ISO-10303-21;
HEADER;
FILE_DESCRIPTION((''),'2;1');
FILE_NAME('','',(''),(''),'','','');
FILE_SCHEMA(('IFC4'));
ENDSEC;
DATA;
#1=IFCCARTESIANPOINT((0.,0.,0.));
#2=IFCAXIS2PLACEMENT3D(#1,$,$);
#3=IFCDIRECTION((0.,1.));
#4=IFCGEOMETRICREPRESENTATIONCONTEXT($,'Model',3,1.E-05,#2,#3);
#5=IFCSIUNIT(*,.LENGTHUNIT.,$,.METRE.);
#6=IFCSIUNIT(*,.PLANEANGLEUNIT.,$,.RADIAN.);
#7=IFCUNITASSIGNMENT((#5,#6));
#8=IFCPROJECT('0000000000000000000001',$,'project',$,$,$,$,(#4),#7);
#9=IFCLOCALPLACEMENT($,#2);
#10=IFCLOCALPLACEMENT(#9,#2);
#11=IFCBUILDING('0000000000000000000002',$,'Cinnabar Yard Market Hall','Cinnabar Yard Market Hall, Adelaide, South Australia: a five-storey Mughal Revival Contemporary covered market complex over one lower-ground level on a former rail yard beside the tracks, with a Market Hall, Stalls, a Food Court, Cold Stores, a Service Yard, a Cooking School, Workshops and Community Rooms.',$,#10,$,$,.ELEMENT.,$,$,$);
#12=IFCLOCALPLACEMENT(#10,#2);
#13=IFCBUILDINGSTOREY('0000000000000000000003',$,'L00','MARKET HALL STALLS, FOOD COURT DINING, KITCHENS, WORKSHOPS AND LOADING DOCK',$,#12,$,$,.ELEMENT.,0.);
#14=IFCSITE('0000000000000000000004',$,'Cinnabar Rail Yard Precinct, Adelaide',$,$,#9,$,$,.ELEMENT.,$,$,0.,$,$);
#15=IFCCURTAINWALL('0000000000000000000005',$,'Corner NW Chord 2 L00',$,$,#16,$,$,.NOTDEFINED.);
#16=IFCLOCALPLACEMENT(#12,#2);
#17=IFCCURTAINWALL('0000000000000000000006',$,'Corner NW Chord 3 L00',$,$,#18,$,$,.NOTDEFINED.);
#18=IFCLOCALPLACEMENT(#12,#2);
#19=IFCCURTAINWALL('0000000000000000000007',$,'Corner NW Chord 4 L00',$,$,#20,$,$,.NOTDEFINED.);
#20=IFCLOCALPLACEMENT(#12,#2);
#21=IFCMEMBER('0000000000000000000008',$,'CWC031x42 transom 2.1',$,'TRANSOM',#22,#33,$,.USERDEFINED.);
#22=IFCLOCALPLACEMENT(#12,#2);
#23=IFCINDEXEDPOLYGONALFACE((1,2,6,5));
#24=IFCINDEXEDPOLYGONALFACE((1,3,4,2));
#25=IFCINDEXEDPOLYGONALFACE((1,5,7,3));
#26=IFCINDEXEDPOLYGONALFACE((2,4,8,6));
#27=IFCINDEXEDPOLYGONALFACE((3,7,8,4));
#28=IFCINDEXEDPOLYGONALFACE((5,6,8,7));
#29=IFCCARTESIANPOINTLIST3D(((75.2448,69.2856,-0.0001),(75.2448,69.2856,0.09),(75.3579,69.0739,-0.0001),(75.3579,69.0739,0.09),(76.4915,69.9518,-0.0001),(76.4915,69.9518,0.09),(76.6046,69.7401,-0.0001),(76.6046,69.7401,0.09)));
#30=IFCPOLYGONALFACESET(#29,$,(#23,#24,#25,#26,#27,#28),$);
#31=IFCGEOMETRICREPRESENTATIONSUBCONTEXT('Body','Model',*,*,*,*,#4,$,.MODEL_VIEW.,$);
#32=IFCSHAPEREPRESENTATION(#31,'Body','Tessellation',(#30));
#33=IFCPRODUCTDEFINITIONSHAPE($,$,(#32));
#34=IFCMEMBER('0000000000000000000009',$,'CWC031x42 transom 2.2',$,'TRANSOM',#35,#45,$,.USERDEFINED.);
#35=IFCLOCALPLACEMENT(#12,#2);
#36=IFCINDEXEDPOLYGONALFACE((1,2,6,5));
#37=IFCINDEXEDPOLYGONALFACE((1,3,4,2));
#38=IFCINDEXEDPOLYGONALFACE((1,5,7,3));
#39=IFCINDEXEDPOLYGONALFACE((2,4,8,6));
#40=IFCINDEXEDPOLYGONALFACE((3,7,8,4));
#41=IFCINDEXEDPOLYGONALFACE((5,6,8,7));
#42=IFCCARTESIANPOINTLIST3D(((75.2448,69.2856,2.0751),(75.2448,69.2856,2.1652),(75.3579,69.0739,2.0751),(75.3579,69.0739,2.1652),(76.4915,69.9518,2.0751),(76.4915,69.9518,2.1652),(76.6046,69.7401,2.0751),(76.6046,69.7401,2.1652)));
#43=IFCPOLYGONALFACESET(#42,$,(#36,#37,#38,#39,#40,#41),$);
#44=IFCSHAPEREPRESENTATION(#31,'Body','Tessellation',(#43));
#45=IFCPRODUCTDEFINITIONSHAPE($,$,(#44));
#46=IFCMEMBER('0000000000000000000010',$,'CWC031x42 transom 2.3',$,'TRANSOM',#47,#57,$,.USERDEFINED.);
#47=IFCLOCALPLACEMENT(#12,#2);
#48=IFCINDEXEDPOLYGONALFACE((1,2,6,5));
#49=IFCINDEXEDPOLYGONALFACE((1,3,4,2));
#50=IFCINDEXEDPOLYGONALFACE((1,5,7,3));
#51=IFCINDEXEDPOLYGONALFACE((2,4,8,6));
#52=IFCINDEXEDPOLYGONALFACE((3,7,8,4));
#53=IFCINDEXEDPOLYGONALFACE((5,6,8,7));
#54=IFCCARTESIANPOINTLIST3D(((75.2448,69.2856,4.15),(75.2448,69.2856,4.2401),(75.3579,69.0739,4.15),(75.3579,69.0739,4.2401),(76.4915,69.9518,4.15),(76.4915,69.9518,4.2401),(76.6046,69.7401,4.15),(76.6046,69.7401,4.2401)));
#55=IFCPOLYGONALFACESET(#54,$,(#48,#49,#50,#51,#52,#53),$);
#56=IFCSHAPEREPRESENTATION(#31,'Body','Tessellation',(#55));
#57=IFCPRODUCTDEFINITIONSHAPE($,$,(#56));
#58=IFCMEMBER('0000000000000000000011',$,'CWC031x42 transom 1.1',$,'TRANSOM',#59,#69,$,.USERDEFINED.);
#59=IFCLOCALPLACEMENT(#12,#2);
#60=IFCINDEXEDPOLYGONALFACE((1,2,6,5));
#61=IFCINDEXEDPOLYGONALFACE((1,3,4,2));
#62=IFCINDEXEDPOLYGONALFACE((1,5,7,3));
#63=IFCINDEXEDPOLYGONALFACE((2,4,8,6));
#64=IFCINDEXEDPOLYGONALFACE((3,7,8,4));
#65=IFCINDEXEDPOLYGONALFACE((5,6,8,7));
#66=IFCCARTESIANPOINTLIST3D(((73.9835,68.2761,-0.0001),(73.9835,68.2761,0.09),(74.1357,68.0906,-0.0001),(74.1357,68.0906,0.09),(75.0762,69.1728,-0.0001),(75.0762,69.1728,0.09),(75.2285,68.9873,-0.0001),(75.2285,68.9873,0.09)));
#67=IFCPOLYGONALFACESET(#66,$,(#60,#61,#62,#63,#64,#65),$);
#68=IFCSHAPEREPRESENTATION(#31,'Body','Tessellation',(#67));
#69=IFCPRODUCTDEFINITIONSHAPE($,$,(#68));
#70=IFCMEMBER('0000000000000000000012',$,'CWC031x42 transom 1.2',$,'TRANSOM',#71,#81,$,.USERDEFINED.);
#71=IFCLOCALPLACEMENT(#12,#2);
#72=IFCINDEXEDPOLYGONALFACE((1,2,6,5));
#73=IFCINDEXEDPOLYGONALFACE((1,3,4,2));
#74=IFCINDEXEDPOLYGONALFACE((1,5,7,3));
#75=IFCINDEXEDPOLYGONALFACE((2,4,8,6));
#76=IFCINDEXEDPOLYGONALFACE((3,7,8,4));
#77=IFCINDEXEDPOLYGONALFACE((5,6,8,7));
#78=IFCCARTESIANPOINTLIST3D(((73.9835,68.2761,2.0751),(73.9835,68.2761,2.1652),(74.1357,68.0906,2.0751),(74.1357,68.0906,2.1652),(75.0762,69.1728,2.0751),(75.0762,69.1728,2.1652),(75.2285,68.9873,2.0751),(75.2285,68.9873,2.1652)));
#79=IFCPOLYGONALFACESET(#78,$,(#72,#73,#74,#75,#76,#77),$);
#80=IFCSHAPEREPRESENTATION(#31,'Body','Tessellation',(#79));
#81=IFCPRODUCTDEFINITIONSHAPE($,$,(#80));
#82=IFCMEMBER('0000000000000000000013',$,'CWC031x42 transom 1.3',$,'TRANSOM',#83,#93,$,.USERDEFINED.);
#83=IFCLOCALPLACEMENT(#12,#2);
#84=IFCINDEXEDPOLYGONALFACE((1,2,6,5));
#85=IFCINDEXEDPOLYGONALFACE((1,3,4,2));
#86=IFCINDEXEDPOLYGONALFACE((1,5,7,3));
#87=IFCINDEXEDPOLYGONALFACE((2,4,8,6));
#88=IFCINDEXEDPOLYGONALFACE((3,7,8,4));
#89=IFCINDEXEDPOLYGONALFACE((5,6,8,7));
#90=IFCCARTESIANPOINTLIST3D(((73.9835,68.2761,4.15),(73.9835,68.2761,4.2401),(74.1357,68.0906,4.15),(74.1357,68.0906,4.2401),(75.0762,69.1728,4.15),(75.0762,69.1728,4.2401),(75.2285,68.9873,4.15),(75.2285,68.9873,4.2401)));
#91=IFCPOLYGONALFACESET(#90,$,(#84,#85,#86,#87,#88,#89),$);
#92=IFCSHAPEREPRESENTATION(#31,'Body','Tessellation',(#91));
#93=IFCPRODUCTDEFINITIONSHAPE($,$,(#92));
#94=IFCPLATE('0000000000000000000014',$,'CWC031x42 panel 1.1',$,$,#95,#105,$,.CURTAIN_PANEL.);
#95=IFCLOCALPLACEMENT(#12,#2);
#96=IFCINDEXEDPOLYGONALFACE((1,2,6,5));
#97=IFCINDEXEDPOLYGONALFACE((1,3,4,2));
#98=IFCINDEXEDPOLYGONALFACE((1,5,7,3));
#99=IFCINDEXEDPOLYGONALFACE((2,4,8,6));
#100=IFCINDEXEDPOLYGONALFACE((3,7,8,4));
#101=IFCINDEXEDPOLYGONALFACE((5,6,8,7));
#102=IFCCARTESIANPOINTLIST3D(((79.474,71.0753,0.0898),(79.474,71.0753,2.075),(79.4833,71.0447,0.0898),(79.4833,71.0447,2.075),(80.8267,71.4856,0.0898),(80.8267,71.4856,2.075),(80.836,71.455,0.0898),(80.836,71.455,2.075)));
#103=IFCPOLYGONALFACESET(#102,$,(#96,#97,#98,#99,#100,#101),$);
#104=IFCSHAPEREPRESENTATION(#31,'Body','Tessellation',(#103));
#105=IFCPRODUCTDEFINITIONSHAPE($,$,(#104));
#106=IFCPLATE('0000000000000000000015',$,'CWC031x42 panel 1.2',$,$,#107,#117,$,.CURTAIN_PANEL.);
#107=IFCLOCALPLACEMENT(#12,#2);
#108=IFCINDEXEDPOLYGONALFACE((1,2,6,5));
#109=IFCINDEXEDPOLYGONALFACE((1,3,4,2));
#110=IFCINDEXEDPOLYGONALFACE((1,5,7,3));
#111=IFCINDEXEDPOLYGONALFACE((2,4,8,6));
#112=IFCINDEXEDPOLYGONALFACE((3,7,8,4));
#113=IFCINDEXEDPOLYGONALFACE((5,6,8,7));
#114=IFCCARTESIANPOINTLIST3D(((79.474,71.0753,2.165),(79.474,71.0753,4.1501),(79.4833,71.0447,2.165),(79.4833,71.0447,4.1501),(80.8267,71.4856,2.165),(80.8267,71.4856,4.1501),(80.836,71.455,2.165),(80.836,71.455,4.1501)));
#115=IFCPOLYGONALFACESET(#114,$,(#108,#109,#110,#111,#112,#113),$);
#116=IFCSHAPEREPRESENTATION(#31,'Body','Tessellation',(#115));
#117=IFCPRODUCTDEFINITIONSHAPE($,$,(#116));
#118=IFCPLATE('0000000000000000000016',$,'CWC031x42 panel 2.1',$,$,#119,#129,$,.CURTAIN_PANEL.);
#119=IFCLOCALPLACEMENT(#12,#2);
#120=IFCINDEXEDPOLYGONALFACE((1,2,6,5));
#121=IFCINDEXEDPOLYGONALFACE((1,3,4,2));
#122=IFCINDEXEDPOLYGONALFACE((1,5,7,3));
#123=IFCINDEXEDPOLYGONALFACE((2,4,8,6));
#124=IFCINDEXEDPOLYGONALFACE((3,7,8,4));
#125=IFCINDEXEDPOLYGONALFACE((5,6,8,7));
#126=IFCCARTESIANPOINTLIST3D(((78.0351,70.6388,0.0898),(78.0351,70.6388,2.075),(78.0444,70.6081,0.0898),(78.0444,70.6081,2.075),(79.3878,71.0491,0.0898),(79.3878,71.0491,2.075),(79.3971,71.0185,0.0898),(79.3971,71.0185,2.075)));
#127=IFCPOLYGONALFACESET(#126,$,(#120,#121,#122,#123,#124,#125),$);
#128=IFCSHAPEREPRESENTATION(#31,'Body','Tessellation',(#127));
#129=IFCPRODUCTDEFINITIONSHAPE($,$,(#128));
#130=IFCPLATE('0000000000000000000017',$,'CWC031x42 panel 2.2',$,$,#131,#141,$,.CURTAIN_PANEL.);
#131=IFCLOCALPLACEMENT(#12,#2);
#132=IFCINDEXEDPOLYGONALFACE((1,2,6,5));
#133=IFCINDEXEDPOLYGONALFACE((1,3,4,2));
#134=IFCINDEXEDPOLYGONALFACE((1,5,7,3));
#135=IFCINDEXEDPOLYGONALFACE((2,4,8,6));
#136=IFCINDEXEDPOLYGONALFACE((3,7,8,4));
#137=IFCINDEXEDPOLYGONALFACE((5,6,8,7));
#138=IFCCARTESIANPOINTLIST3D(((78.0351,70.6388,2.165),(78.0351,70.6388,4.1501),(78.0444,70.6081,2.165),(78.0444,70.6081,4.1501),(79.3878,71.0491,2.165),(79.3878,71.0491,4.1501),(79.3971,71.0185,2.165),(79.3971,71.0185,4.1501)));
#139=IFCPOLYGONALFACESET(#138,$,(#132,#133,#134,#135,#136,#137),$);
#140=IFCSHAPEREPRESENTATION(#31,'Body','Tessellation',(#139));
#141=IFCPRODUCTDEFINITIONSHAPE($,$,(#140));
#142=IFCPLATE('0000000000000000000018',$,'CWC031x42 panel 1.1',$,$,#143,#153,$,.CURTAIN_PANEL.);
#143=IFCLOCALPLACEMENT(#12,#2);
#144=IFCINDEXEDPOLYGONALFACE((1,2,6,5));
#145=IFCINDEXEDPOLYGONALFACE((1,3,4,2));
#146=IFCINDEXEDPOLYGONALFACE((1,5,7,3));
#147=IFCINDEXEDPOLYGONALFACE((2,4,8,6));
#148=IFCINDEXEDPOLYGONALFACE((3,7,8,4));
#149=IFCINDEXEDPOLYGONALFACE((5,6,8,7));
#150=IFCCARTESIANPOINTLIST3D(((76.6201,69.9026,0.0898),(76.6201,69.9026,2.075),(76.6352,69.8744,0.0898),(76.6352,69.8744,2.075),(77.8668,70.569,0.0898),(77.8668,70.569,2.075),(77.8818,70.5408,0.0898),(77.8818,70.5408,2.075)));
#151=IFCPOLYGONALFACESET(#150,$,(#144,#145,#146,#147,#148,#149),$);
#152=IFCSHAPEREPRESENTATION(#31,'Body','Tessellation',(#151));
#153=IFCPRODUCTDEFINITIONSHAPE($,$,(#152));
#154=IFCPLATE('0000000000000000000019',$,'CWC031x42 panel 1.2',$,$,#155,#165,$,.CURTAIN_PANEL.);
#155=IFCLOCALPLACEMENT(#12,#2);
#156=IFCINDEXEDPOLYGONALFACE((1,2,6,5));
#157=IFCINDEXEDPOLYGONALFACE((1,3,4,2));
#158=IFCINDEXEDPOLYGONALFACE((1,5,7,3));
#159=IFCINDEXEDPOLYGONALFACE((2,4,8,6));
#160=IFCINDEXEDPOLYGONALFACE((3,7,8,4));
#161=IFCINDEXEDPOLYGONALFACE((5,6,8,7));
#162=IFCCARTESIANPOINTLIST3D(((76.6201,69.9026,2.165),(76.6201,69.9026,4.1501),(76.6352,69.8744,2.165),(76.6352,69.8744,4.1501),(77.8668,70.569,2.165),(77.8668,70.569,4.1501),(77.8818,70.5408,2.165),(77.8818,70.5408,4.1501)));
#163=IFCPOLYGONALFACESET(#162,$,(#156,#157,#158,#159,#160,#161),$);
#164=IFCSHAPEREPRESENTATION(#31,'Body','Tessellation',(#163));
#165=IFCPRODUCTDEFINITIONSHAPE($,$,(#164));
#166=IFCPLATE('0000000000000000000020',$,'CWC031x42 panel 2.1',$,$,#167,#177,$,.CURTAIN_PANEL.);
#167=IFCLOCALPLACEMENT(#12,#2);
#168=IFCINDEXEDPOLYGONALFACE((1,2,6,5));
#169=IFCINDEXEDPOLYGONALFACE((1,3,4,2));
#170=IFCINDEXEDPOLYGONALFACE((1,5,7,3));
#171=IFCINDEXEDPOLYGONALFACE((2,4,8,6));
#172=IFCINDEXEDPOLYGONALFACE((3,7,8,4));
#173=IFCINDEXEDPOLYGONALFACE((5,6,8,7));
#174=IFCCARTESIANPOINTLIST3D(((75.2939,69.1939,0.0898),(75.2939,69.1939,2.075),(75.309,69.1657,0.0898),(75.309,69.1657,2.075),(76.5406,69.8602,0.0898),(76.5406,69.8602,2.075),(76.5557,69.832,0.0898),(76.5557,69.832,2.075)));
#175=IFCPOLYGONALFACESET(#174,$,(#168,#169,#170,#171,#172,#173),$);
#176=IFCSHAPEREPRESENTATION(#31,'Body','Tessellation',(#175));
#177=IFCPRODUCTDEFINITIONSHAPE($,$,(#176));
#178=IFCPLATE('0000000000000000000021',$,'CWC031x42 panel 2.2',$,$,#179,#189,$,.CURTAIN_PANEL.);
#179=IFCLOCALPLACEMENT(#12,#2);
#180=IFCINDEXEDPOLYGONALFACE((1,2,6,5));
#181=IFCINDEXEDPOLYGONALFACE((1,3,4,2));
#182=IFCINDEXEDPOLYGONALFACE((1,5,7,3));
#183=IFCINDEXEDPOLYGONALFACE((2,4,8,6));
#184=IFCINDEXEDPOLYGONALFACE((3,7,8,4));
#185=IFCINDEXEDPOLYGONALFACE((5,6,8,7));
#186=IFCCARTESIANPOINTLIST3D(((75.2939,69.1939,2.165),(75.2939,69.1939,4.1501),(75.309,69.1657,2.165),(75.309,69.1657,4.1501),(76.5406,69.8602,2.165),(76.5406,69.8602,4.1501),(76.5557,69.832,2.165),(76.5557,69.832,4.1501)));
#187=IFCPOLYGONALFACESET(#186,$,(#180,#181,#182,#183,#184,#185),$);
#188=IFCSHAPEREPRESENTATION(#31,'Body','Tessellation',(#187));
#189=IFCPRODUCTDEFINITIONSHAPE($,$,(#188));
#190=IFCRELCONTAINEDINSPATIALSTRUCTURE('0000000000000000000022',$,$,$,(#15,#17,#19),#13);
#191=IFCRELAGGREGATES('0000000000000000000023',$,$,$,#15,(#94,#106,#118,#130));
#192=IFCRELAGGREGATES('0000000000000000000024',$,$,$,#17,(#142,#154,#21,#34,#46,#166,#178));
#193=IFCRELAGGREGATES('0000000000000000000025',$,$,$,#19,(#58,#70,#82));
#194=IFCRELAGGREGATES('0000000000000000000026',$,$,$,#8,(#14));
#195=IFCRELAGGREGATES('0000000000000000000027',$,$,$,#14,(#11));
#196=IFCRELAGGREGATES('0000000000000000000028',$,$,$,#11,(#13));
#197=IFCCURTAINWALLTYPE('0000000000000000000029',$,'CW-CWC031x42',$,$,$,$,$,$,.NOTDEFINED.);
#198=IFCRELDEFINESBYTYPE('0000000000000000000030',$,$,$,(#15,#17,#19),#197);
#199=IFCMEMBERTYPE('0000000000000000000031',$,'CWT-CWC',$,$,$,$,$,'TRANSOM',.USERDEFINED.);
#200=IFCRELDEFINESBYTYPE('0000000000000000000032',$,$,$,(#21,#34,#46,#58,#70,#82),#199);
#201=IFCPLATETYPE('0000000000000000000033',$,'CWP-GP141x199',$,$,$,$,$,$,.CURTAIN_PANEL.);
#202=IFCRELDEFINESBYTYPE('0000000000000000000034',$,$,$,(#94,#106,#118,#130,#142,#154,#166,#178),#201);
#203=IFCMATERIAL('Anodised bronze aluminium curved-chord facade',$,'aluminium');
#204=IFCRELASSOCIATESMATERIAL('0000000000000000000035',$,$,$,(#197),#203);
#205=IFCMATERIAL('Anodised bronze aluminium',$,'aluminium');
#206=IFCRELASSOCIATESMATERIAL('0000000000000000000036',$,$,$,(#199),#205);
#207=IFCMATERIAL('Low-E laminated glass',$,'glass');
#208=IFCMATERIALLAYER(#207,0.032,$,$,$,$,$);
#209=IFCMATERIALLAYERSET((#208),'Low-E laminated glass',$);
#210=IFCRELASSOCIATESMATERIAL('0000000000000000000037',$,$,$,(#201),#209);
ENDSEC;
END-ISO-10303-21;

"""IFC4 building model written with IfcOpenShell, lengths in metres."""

from ifc_helpers import new_model, si_unit, direction, frame, origin, origin_2d_with_axis, place, context, subcontext, project, spatial, rectangle, extrude, material, layer, layer_set, material_profile, profile_set, type_object, element, aggregate, save


model = new_model("IFC4")

# Units and contexts
model_context = context("Model", 3, precision=1e-05, world=origin(), true_north=direction((0.0, 1.0)))
body_context = subcontext(model_context, "Body", "Model", "MODEL_VIEW")
ifc_project = project(units=[si_unit("LENGTHUNIT", "METRE"), si_unit("PLANEANGLEUNIT", "RADIAN")], contexts=[model_context])

# Site, building, storey
site_placement = place(None, origin())
site = spatial("IfcSite", under=ifc_project, at=site_placement, Name="Cinnabar Rail Yard Precinct, Adelaide", CompositionType="ELEMENT", RefElevation=0.0)
building_placement = place(site_placement, origin())
building = spatial("IfcBuilding", under=site, at=building_placement, Name="Cinnabar Yard Market Hall", Description="Cinnabar Yard Market Hall, Adelaide, South Australia: a five-storey Mughal Revival Contemporary covered market complex over one lower-ground level on a former rail yard beside the tracks, with a Market Hall, Stalls, a Food Court, Cold Stores, a Service Yard, a Cooking School, Workshops and Community Rooms.", CompositionType="ELEMENT")
storey_placement = place(building_placement, origin())
storey = spatial("IfcBuildingStorey", under=building, at=storey_placement, Name="L00", Description="MARKET HALL STALLS, FOOD COURT DINING, KITCHENS, WORKSHOPS AND LOADING DOCK", CompositionType="ELEMENT", Elevation=0.0)

# Curtain walls
ifc_material_1 = material(Name="Anodised bronze aluminium curved-chord facade", Category="aluminium")
curtain_wall_type = type_object("IfcCurtainWallType", Name="CW-CWC031x42", PredefinedType="NOTDEFINED", material=ifc_material_1)
curtain_wall_1_placement = place(storey_placement, origin())
curtain_wall_1 = element("IfcCurtainWall", 1, at=curtain_wall_1_placement, inside=storey, type_object=curtain_wall_type, Name="Corner NW Chord 2 L00", PredefinedType="NOTDEFINED")
ifc_material_2 = material(Name="Anodised bronze aluminium", Category="aluminium")
curtain_wall_2_placement = place(storey_placement, origin())
curtain_wall_2 = element("IfcCurtainWall", 2, at=curtain_wall_2_placement, inside=storey, type_object=curtain_wall_type, Name="Corner NW Chord 3 L00", PredefinedType="NOTDEFINED")

# Curtain wall
curtain_wall_3_placement = place(storey_placement, origin())
curtain_wall_3 = element("IfcCurtainWall", 3, at=curtain_wall_3_placement, inside=storey, type_object=curtain_wall_type, Name="Corner NW Chord 4 L00", PredefinedType="NOTDEFINED")

# Members
ifc_material_profile_1 = material_profile(ifc_material_2, rectangle(XDim=0.24, YDim=0.0901, at=origin_2d_with_axis()), Name="TRN-CWC")
ifc_profile_set_1 = profile_set([ifc_material_profile_1], Name="Anodised bronze aluminium")
member_type_1 = type_object("IfcMemberType", Name="CWT-CWC", ElementType="TRANSOM", PredefinedType="USERDEFINED", material=ifc_profile_set_1)
member_1_placement = place(storey_placement, frame((76.5481, 69.8459, 0.0449), z_axis=(-0.881975, -0.471296, 0.0), x_axis=(0.471296, -0.881975, 0.0)))
member_1 = element("IfcMember", 4, at=member_1_placement, type_object=member_type_1, Name="CWC031x42 transom 2.1", ObjectType="TRANSOM", PredefinedType="USERDEFINED", context=body_context, shape_type="SweptSolid", body=[
    extrude(rectangle(XDim=0.24, YDim=0.0901, at=origin_2d_with_axis()), origin(), (0.0, 0.0, 1.0), 1.4136),
])
member_2_placement = place(storey_placement, frame((76.5481, 69.8459, 2.1201), z_axis=(-0.881975, -0.471296, 0.0), x_axis=(0.471296, -0.881975, 0.0)))
member_2 = element("IfcMember", 5, at=member_2_placement, type_object=member_type_1, Name="CWC031x42 transom 2.2", ObjectType="TRANSOM", PredefinedType="USERDEFINED", context=body_context, shape_type="SweptSolid", body=[
    extrude(rectangle(XDim=0.24, YDim=0.0901, at=origin_2d_with_axis()), origin(), (0.0, 0.0, 1.0), 1.4136),
])
member_3_placement = place(storey_placement, frame((76.5481, 69.8459, 4.1951), z_axis=(-0.881975, -0.471296, 0.0), x_axis=(0.471296, -0.881975, 0.0)))
member_3 = element("IfcMember", 6, at=member_3_placement, type_object=member_type_1, Name="CWC031x42 transom 2.3", ObjectType="TRANSOM", PredefinedType="USERDEFINED", context=body_context, shape_type="SweptSolid", body=[
    extrude(rectangle(XDim=0.24, YDim=0.0901, at=origin_2d_with_axis()), origin(), (0.0, 0.0, 1.0), 1.4136),
])
member_4_placement = place(storey_placement, frame((75.1523, 69.0801, 0.0449), z_axis=(-0.773041, -0.634356, 0.0), x_axis=(0.634356, -0.773041, 0.0)))
member_4 = element("IfcMember", 7, at=member_4_placement, type_object=member_type_1, Name="CWC031x42 transom 1.1", ObjectType="TRANSOM", PredefinedType="USERDEFINED", context=body_context, shape_type="SweptSolid", body=[
    extrude(rectangle(XDim=0.24, YDim=0.0901, at=origin_2d_with_axis()), origin(), (0.0, 0.0, 1.0), 1.4136),
])
member_5_placement = place(storey_placement, frame((75.1523, 69.0801, 2.1201), z_axis=(-0.773041, -0.634356, 0.0), x_axis=(0.634356, -0.773041, 0.0)))
member_5 = element("IfcMember", 8, at=member_5_placement, type_object=member_type_1, Name="CWC031x42 transom 1.2", ObjectType="TRANSOM", PredefinedType="USERDEFINED", context=body_context, shape_type="SweptSolid", body=[
    extrude(rectangle(XDim=0.24, YDim=0.0901, at=origin_2d_with_axis()), origin(), (0.0, 0.0, 1.0), 1.4136),
])
member_6_placement = place(storey_placement, frame((75.1523, 69.0801, 4.1951), z_axis=(-0.773041, -0.634356, 0.0), x_axis=(0.634356, -0.773041, 0.0)))
member_6 = element("IfcMember", 9, at=member_6_placement, type_object=member_type_1, Name="CWC031x42 transom 1.3", ObjectType="TRANSOM", PredefinedType="USERDEFINED", context=body_context, shape_type="SweptSolid", body=[
    extrude(rectangle(XDim=0.24, YDim=0.0901, at=origin_2d_with_axis()), origin(), (0.0, 0.0, 1.0), 1.4136),
])

# Plates
ifc_material_3 = material(Name="Low-E laminated glass", Category="glass")
ifc_layer = layer(ifc_material_3, 0.032)
ifc_layer_set = layer_set([ifc_layer], Name="Low-E laminated glass")
plate_type = type_object("IfcPlateType", Name="CWP-GP141x199", PredefinedType="CURTAIN_PANEL", material=ifc_layer_set)
plate_1_placement = place(storey_placement, frame((80.155, 71.2651, 0.0898), z_axis=(0.0, 0.0, 1.0), x_axis=(-0.956942, -0.290279, 0.0)))
plate_1 = element("IfcPlate", 10, at=plate_1_placement, type_object=plate_type, Name="CWC031x42 panel 1.1", PredefinedType="CURTAIN_PANEL", context=body_context, shape_type="SweptSolid", body=[
    extrude(rectangle(XDim=1.4136, YDim=0.032, at=origin_2d_with_axis()), origin(), (0.0, 0.0, 1.0), 1.9851),
])
plate_2_placement = place(storey_placement, frame((80.155, 71.2651, 2.165), z_axis=(0.0, 0.0, 1.0), x_axis=(-0.956942, -0.290279, 0.0)))
plate_2 = element("IfcPlate", 11, at=plate_2_placement, type_object=plate_type, Name="CWC031x42 panel 1.2", PredefinedType="CURTAIN_PANEL", context=body_context, shape_type="SweptSolid", body=[
    extrude(rectangle(XDim=1.4136, YDim=0.032, at=origin_2d_with_axis()), origin(), (0.0, 0.0, 1.0), 1.9851),
])
plate_3_placement = place(storey_placement, frame((78.7161, 70.8286, 0.0898), z_axis=(0.0, 0.0, 1.0), x_axis=(-0.956942, -0.290279, 0.0)))
plate_3 = element("IfcPlate", 12, at=plate_3_placement, type_object=plate_type, Name="CWC031x42 panel 2.1", PredefinedType="CURTAIN_PANEL", context=body_context, shape_type="SweptSolid", body=[
    extrude(rectangle(XDim=1.4136, YDim=0.032, at=origin_2d_with_axis()), origin(), (0.0, 0.0, 1.0), 1.9851),
])
plate_4_placement = place(storey_placement, frame((78.7161, 70.8286, 2.165), z_axis=(0.0, 0.0, 1.0), x_axis=(-0.956942, -0.290279, 0.0)))
plate_4 = element("IfcPlate", 13, at=plate_4_placement, type_object=plate_type, Name="CWC031x42 panel 2.2", PredefinedType="CURTAIN_PANEL", context=body_context, shape_type="SweptSolid", body=[
    extrude(rectangle(XDim=1.4136, YDim=0.032, at=origin_2d_with_axis()), origin(), (0.0, 0.0, 1.0), 1.9851),
])
aggregate(curtain_wall_1, [plate_1, plate_2, plate_3, plate_4])
plate_5_placement = place(storey_placement, frame((77.251, 70.2217, 0.0898), z_axis=(0.0, 0.0, 1.0), x_axis=(-0.881917, -0.471404, 0.0)))
plate_5 = element("IfcPlate", 14, at=plate_5_placement, type_object=plate_type, Name="CWC031x42 panel 1.1", PredefinedType="CURTAIN_PANEL", context=body_context, shape_type="SweptSolid", body=[
    extrude(rectangle(XDim=1.4136, YDim=0.032, at=origin_2d_with_axis()), origin(), (0.0, 0.0, 1.0), 1.9851),
])
plate_6_placement = place(storey_placement, frame((77.251, 70.2217, 2.165), z_axis=(0.0, 0.0, 1.0), x_axis=(-0.881917, -0.471404, 0.0)))
plate_6 = element("IfcPlate", 15, at=plate_6_placement, type_object=plate_type, Name="CWC031x42 panel 1.2", PredefinedType="CURTAIN_PANEL", context=body_context, shape_type="SweptSolid", body=[
    extrude(rectangle(XDim=1.4136, YDim=0.032, at=origin_2d_with_axis()), origin(), (0.0, 0.0, 1.0), 1.9851),
])
plate_7_placement = place(storey_placement, frame((75.9248, 69.5129, 0.0898), z_axis=(0.0, 0.0, 1.0), x_axis=(-0.881917, -0.471404, 0.0)))
plate_7 = element("IfcPlate", 16, at=plate_7_placement, type_object=plate_type, Name="CWC031x42 panel 2.1", PredefinedType="CURTAIN_PANEL", context=body_context, shape_type="SweptSolid", body=[
    extrude(rectangle(XDim=1.4136, YDim=0.032, at=origin_2d_with_axis()), origin(), (0.0, 0.0, 1.0), 1.9851),
])
plate_8_placement = place(storey_placement, frame((75.9248, 69.5129, 2.165), z_axis=(0.0, 0.0, 1.0), x_axis=(-0.881917, -0.471404, 0.0)))
plate_8 = element("IfcPlate", 17, at=plate_8_placement, type_object=plate_type, Name="CWC031x42 panel 2.2", PredefinedType="CURTAIN_PANEL", context=body_context, shape_type="SweptSolid", body=[
    extrude(rectangle(XDim=1.4136, YDim=0.032, at=origin_2d_with_axis()), origin(), (0.0, 0.0, 1.0), 1.9851),
])
aggregate(curtain_wall_2, [plate_5, plate_6, member_1, member_2, member_3, plate_7, plate_8])
aggregate(curtain_wall_3, [member_4, member_5, member_6])

save(model, "model.ifc")
